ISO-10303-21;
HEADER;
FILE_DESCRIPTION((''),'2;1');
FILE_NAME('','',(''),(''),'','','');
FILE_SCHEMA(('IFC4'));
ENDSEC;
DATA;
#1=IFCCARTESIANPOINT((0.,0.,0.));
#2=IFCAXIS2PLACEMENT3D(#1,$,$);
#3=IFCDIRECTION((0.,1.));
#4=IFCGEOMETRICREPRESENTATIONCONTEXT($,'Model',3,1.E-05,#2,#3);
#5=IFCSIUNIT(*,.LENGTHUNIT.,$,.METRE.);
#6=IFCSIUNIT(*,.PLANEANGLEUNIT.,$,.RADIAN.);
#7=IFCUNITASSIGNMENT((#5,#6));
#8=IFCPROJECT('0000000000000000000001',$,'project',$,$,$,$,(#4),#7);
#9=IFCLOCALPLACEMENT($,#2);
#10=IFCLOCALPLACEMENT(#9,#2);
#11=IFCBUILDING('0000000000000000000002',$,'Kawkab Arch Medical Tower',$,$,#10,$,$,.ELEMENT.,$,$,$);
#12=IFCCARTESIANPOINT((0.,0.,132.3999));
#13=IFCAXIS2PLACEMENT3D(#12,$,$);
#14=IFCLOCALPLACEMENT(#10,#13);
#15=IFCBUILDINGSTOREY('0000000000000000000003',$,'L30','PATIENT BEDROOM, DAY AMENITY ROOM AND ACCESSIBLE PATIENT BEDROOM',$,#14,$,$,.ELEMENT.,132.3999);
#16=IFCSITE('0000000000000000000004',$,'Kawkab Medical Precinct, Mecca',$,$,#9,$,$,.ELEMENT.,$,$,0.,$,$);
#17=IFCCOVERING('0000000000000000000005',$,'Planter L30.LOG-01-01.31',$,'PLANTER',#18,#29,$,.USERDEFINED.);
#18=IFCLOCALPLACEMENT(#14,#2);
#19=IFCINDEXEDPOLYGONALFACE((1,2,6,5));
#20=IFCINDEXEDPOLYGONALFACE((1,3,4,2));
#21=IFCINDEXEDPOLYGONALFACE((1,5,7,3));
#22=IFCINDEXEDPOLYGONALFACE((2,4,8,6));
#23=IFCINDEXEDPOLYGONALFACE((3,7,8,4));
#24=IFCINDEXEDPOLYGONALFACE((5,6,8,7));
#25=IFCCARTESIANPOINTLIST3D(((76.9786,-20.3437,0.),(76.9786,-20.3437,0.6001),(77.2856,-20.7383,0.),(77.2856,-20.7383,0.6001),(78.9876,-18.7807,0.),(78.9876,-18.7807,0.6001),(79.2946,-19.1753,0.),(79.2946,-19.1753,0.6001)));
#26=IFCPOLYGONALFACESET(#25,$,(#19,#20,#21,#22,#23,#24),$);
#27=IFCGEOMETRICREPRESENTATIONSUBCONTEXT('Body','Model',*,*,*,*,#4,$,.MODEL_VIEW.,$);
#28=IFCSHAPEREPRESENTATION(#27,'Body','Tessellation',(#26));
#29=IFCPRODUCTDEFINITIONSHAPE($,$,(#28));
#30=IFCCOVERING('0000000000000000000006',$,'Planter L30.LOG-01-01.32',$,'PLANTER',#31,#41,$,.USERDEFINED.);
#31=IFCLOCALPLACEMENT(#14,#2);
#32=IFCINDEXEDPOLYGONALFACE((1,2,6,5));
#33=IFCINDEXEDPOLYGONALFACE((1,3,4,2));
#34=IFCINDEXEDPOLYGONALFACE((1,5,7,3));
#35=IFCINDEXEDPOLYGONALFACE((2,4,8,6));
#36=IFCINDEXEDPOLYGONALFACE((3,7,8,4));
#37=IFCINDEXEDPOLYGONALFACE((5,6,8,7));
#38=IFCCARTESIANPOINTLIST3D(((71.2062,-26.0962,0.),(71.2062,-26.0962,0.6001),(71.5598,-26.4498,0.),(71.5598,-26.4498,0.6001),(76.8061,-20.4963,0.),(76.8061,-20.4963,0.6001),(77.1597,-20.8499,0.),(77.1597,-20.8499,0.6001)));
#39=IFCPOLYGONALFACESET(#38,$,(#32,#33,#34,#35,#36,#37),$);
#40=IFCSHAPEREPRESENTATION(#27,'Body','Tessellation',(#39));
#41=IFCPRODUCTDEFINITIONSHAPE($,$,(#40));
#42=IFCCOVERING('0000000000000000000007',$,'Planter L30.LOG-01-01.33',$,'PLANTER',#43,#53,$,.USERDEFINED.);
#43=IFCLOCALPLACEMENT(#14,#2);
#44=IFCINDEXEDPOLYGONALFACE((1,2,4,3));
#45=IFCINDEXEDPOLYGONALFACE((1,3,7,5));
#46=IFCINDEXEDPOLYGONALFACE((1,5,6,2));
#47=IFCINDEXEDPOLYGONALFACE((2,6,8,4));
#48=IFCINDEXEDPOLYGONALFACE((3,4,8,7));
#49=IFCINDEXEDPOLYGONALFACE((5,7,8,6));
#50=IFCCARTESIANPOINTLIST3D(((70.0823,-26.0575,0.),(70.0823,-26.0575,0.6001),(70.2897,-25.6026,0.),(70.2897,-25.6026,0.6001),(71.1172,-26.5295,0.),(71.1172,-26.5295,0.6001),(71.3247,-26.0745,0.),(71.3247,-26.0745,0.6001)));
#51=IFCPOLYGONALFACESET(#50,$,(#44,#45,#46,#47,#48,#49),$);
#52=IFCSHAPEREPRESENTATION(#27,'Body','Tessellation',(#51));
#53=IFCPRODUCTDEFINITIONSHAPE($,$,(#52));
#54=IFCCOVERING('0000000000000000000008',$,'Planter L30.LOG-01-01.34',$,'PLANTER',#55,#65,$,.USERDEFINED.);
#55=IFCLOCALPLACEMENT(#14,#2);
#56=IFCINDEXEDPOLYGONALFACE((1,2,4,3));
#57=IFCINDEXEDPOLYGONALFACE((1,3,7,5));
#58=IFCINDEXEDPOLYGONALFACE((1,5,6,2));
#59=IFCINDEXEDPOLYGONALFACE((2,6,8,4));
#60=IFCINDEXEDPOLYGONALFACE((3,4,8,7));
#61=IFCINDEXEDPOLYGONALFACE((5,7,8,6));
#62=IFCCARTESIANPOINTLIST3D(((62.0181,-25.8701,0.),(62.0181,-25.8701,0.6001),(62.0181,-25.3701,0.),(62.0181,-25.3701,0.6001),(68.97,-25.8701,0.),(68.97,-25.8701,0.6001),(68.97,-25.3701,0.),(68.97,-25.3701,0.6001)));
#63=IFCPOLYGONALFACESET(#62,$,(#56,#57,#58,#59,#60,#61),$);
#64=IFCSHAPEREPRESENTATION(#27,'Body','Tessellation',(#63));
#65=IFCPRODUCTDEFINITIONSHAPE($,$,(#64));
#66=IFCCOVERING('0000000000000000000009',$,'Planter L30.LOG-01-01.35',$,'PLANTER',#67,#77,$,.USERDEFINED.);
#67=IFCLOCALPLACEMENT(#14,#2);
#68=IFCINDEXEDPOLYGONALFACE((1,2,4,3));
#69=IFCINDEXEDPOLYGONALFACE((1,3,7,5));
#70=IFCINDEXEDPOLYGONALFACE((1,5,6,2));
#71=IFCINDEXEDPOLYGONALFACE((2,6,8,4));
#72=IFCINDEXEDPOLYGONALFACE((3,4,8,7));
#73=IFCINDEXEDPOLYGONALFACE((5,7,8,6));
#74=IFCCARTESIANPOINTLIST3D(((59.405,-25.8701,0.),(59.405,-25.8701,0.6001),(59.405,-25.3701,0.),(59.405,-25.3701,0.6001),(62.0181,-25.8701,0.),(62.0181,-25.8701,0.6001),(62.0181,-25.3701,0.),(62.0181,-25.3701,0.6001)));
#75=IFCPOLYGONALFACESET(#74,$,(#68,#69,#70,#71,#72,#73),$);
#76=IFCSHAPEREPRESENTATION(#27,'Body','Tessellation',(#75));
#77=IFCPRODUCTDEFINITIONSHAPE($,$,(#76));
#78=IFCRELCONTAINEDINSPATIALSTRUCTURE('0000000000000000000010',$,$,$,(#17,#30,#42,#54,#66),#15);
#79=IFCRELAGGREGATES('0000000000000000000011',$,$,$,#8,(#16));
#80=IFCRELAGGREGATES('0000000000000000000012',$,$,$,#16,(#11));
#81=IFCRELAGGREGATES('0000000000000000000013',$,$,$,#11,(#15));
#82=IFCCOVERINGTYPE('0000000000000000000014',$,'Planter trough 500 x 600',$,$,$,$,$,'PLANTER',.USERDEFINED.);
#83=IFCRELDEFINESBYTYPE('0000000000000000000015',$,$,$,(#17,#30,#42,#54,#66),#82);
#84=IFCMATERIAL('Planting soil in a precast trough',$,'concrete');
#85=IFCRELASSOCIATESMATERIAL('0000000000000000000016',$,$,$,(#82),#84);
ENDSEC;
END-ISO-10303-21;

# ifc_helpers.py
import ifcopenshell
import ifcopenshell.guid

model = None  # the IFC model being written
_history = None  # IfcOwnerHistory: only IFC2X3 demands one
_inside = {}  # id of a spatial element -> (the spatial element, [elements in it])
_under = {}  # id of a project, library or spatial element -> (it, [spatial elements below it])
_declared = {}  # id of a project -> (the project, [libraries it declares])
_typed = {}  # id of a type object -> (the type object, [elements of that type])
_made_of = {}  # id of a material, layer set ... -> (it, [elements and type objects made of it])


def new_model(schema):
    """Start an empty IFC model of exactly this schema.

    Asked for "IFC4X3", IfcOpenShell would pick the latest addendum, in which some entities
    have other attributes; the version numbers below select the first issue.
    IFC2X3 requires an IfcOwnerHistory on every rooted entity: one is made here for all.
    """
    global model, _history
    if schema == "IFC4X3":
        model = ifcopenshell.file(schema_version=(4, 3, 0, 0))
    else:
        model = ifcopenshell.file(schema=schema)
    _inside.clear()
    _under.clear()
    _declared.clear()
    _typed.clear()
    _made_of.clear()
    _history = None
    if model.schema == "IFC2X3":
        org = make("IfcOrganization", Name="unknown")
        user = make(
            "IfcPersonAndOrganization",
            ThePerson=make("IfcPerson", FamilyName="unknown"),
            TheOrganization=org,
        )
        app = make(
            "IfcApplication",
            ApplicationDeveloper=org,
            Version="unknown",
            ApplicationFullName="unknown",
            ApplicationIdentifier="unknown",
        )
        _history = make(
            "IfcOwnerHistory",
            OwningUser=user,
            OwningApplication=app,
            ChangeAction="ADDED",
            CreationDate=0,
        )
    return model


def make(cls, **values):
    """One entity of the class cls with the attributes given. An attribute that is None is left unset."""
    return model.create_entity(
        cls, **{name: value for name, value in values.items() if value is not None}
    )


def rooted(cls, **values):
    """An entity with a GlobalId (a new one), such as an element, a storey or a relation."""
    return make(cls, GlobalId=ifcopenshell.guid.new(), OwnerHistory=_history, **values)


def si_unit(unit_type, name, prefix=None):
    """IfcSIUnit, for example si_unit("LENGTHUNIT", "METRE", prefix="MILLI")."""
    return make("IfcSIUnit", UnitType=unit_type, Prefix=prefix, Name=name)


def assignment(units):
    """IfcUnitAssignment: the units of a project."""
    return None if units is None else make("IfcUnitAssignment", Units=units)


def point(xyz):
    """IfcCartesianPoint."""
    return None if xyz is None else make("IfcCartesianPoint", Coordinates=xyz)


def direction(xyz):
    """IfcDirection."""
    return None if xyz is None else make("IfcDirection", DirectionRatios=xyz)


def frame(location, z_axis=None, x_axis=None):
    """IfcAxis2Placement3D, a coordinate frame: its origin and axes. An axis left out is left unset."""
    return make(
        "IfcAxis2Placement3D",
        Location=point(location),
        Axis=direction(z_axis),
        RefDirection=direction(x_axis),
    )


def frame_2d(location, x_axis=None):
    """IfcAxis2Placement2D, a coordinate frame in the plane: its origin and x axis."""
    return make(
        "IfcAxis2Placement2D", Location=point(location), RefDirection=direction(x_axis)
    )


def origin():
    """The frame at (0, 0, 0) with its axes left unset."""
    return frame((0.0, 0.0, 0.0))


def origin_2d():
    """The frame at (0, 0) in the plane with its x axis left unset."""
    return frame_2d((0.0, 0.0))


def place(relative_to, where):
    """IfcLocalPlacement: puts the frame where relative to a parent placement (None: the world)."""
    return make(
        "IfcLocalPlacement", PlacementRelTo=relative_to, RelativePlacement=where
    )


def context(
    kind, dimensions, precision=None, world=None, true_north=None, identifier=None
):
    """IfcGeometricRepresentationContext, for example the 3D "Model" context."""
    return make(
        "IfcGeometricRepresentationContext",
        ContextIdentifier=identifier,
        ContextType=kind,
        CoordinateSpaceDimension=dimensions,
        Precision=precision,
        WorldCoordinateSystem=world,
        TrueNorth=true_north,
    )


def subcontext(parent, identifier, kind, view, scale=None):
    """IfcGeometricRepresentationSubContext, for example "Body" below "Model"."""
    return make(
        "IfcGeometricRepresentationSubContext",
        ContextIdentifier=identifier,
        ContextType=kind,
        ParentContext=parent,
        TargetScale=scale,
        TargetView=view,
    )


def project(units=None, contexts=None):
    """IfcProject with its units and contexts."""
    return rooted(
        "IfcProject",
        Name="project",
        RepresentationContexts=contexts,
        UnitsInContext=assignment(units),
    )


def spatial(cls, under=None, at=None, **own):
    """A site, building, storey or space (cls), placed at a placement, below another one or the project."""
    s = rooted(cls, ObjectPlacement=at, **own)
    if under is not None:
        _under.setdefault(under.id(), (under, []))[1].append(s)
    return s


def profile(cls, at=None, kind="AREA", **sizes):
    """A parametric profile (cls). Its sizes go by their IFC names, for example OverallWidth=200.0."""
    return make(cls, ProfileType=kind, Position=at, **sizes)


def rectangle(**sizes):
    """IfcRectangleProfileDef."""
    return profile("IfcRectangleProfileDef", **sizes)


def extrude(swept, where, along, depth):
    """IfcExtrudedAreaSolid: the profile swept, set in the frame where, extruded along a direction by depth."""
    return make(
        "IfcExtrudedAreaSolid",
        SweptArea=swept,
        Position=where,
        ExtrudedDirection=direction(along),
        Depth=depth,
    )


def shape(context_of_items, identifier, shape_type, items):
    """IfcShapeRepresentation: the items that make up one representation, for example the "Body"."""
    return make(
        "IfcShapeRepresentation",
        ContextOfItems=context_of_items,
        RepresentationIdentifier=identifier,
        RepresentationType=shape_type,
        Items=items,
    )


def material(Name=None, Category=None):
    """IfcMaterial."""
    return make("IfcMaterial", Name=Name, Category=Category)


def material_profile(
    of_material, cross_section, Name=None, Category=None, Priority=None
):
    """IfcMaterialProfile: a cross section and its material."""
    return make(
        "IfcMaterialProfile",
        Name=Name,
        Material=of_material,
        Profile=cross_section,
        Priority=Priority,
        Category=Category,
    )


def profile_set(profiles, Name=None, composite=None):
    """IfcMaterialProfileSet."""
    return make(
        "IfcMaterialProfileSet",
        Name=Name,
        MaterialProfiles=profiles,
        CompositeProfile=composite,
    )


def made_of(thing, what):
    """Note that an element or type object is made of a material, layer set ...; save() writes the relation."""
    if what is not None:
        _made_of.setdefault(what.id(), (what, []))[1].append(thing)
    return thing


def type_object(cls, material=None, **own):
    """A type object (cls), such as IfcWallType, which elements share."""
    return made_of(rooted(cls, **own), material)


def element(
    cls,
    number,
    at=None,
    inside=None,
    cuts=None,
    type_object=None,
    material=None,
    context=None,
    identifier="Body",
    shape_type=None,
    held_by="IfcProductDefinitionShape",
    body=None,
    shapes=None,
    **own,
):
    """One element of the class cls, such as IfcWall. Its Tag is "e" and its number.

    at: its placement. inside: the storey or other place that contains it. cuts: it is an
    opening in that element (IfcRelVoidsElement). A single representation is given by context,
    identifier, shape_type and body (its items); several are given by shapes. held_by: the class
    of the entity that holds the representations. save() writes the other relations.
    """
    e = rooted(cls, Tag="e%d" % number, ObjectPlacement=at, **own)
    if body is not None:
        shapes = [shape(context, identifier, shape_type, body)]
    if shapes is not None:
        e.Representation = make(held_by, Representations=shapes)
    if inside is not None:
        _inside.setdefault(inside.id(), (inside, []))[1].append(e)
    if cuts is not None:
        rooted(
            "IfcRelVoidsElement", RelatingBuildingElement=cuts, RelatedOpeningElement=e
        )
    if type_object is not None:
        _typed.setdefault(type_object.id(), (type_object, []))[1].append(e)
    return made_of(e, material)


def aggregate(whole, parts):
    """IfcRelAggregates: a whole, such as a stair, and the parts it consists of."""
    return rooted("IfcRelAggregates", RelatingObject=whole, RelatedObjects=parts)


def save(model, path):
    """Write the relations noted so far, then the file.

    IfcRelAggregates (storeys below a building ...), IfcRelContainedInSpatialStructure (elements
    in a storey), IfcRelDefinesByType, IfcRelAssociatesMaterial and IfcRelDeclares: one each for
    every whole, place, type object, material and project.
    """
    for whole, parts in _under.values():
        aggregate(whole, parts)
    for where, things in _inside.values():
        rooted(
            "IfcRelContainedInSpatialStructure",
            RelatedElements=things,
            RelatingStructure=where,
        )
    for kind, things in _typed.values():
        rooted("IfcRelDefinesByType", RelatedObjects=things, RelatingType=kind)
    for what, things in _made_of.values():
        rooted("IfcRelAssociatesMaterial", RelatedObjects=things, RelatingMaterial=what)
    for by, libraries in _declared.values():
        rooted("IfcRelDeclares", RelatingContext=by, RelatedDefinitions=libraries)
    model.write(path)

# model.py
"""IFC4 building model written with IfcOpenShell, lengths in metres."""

from ifc_helpers import new_model, si_unit, direction, frame, origin, origin_2d, place, context, subcontext, project, spatial, rectangle, extrude, material, material_profile, profile_set, type_object, element, save


model = new_model("IFC4")

# Units and contexts
model_context = context("Model", 3, precision=1e-05, world=origin(), true_north=direction((0.0, 1.0)))
body_context = subcontext(model_context, "Body", "Model", "MODEL_VIEW")
ifc_project = project(units=[si_unit("LENGTHUNIT", "METRE"), si_unit("PLANEANGLEUNIT", "RADIAN")], contexts=[model_context])

# Site, building, storey
site_placement = place(None, origin())
site = spatial("IfcSite", under=ifc_project, at=site_placement, Name="Kawkab Medical Precinct, Mecca", CompositionType="ELEMENT", RefElevation=0.0)
building_placement = place(site_placement, origin())
building = spatial("IfcBuilding", under=site, at=building_placement, Name="Kawkab Arch Medical Tower", CompositionType="ELEMENT")
storey_placement = place(building_placement, frame((0.0, 0.0, 132.3999)))
storey = spatial("IfcBuildingStorey", under=building, at=storey_placement, Name="L30", Description="PATIENT BEDROOM, DAY AMENITY ROOM AND ACCESSIBLE PATIENT BEDROOM", CompositionType="ELEMENT", Elevation=132.3999)

# Coverings
ifc_material_1 = material(Name="Planting soil in a precast trough", Category="concrete")
ifc_material_profile_1 = material_profile(ifc_material_1, rectangle(XDim=0.5, YDim=0.6001, at=origin_2d()), Name="Trough 500x600")
ifc_profile_set_1 = profile_set([ifc_material_profile_1], Name="Planting soil in a precast trough")
covering_type_1 = type_object("IfcCoveringType", Name="Planter trough 500 x 600", ElementType="PLANTER", PredefinedType="USERDEFINED", material=ifc_profile_set_1)
covering_1_placement = place(storey_placement, frame((79.1411, -18.978, 0.3), z_axis=(-0.789275, -0.61404, 0.0), x_axis=(0.61404, -0.789275, 0.0)))
element("IfcCovering", 1, at=covering_1_placement, inside=storey, type_object=covering_type_1, Name="Planter L30.LOG-01-01.31", ObjectType="PLANTER", PredefinedType="USERDEFINED", context=body_context, shape_type="SweptSolid", body=[
    extrude(rectangle(XDim=0.5, YDim=0.6001, at=origin_2d()), origin(), (0.0, 0.0, 1.0), 2.5454),
])
covering_2_placement = place(storey_placement, frame((76.9829, -20.6731, 0.3), z_axis=(-0.707107, -0.707107, 0.0), x_axis=(0.707107, -0.707107, 0.0)))
element("IfcCovering", 2, at=covering_2_placement, inside=storey, type_object=covering_type_1, Name="Planter L30.LOG-01-01.32", ObjectType="PLANTER", PredefinedType="USERDEFINED", context=body_context, shape_type="SweptSolid", body=[
    extrude(rectangle(XDim=0.5, YDim=0.6001, at=origin_2d()), origin(), (0.0, 0.0, 1.0), 7.9194),
])
covering_3_placement = place(storey_placement, frame((71.2209, -26.302, 0.3), z_axis=(-0.909866, 0.414902, 0.0), x_axis=(-0.414902, -0.909866, 0.0)))
element("IfcCovering", 3, at=covering_3_placement, inside=storey, type_object=covering_type_1, Name="Planter L30.LOG-01-01.33", ObjectType="PLANTER", PredefinedType="USERDEFINED", context=body_context, shape_type="SweptSolid", body=[
    extrude(rectangle(XDim=0.5, YDim=0.6001, at=origin_2d()), origin(), (0.0, 0.0, 1.0), 1.1375),
])
covering_4_placement = place(storey_placement, frame((68.97, -25.6201, 0.3), z_axis=(-1.0, 0.0, 0.0), x_axis=(0.0, -1.0, 0.0)))
element("IfcCovering", 4, at=covering_4_placement, inside=storey, type_object=covering_type_1, Name="Planter L30.LOG-01-01.34", ObjectType="PLANTER", PredefinedType="USERDEFINED", context=body_context, shape_type="SweptSolid", body=[
    extrude(rectangle(XDim=0.5, YDim=0.6001, at=origin_2d()), origin(), (0.0, 0.0, 1.0), 6.9519),
])
covering_5_placement = place(storey_placement, frame((62.0181, -25.6201, 0.3), z_axis=(-1.0, 0.0, 0.0), x_axis=(0.0, -1.0, 0.0)))
element("IfcCovering", 5, at=covering_5_placement, inside=storey, type_object=covering_type_1, Name="Planter L30.LOG-01-01.35", ObjectType="PLANTER", PredefinedType="USERDEFINED", context=body_context, shape_type="SweptSolid", body=[
    extrude(rectangle(XDim=0.5, YDim=0.6001, at=origin_2d()), origin(), (0.0, 0.0, 1.0), 2.613),
])

save(model, "model.ifc")
